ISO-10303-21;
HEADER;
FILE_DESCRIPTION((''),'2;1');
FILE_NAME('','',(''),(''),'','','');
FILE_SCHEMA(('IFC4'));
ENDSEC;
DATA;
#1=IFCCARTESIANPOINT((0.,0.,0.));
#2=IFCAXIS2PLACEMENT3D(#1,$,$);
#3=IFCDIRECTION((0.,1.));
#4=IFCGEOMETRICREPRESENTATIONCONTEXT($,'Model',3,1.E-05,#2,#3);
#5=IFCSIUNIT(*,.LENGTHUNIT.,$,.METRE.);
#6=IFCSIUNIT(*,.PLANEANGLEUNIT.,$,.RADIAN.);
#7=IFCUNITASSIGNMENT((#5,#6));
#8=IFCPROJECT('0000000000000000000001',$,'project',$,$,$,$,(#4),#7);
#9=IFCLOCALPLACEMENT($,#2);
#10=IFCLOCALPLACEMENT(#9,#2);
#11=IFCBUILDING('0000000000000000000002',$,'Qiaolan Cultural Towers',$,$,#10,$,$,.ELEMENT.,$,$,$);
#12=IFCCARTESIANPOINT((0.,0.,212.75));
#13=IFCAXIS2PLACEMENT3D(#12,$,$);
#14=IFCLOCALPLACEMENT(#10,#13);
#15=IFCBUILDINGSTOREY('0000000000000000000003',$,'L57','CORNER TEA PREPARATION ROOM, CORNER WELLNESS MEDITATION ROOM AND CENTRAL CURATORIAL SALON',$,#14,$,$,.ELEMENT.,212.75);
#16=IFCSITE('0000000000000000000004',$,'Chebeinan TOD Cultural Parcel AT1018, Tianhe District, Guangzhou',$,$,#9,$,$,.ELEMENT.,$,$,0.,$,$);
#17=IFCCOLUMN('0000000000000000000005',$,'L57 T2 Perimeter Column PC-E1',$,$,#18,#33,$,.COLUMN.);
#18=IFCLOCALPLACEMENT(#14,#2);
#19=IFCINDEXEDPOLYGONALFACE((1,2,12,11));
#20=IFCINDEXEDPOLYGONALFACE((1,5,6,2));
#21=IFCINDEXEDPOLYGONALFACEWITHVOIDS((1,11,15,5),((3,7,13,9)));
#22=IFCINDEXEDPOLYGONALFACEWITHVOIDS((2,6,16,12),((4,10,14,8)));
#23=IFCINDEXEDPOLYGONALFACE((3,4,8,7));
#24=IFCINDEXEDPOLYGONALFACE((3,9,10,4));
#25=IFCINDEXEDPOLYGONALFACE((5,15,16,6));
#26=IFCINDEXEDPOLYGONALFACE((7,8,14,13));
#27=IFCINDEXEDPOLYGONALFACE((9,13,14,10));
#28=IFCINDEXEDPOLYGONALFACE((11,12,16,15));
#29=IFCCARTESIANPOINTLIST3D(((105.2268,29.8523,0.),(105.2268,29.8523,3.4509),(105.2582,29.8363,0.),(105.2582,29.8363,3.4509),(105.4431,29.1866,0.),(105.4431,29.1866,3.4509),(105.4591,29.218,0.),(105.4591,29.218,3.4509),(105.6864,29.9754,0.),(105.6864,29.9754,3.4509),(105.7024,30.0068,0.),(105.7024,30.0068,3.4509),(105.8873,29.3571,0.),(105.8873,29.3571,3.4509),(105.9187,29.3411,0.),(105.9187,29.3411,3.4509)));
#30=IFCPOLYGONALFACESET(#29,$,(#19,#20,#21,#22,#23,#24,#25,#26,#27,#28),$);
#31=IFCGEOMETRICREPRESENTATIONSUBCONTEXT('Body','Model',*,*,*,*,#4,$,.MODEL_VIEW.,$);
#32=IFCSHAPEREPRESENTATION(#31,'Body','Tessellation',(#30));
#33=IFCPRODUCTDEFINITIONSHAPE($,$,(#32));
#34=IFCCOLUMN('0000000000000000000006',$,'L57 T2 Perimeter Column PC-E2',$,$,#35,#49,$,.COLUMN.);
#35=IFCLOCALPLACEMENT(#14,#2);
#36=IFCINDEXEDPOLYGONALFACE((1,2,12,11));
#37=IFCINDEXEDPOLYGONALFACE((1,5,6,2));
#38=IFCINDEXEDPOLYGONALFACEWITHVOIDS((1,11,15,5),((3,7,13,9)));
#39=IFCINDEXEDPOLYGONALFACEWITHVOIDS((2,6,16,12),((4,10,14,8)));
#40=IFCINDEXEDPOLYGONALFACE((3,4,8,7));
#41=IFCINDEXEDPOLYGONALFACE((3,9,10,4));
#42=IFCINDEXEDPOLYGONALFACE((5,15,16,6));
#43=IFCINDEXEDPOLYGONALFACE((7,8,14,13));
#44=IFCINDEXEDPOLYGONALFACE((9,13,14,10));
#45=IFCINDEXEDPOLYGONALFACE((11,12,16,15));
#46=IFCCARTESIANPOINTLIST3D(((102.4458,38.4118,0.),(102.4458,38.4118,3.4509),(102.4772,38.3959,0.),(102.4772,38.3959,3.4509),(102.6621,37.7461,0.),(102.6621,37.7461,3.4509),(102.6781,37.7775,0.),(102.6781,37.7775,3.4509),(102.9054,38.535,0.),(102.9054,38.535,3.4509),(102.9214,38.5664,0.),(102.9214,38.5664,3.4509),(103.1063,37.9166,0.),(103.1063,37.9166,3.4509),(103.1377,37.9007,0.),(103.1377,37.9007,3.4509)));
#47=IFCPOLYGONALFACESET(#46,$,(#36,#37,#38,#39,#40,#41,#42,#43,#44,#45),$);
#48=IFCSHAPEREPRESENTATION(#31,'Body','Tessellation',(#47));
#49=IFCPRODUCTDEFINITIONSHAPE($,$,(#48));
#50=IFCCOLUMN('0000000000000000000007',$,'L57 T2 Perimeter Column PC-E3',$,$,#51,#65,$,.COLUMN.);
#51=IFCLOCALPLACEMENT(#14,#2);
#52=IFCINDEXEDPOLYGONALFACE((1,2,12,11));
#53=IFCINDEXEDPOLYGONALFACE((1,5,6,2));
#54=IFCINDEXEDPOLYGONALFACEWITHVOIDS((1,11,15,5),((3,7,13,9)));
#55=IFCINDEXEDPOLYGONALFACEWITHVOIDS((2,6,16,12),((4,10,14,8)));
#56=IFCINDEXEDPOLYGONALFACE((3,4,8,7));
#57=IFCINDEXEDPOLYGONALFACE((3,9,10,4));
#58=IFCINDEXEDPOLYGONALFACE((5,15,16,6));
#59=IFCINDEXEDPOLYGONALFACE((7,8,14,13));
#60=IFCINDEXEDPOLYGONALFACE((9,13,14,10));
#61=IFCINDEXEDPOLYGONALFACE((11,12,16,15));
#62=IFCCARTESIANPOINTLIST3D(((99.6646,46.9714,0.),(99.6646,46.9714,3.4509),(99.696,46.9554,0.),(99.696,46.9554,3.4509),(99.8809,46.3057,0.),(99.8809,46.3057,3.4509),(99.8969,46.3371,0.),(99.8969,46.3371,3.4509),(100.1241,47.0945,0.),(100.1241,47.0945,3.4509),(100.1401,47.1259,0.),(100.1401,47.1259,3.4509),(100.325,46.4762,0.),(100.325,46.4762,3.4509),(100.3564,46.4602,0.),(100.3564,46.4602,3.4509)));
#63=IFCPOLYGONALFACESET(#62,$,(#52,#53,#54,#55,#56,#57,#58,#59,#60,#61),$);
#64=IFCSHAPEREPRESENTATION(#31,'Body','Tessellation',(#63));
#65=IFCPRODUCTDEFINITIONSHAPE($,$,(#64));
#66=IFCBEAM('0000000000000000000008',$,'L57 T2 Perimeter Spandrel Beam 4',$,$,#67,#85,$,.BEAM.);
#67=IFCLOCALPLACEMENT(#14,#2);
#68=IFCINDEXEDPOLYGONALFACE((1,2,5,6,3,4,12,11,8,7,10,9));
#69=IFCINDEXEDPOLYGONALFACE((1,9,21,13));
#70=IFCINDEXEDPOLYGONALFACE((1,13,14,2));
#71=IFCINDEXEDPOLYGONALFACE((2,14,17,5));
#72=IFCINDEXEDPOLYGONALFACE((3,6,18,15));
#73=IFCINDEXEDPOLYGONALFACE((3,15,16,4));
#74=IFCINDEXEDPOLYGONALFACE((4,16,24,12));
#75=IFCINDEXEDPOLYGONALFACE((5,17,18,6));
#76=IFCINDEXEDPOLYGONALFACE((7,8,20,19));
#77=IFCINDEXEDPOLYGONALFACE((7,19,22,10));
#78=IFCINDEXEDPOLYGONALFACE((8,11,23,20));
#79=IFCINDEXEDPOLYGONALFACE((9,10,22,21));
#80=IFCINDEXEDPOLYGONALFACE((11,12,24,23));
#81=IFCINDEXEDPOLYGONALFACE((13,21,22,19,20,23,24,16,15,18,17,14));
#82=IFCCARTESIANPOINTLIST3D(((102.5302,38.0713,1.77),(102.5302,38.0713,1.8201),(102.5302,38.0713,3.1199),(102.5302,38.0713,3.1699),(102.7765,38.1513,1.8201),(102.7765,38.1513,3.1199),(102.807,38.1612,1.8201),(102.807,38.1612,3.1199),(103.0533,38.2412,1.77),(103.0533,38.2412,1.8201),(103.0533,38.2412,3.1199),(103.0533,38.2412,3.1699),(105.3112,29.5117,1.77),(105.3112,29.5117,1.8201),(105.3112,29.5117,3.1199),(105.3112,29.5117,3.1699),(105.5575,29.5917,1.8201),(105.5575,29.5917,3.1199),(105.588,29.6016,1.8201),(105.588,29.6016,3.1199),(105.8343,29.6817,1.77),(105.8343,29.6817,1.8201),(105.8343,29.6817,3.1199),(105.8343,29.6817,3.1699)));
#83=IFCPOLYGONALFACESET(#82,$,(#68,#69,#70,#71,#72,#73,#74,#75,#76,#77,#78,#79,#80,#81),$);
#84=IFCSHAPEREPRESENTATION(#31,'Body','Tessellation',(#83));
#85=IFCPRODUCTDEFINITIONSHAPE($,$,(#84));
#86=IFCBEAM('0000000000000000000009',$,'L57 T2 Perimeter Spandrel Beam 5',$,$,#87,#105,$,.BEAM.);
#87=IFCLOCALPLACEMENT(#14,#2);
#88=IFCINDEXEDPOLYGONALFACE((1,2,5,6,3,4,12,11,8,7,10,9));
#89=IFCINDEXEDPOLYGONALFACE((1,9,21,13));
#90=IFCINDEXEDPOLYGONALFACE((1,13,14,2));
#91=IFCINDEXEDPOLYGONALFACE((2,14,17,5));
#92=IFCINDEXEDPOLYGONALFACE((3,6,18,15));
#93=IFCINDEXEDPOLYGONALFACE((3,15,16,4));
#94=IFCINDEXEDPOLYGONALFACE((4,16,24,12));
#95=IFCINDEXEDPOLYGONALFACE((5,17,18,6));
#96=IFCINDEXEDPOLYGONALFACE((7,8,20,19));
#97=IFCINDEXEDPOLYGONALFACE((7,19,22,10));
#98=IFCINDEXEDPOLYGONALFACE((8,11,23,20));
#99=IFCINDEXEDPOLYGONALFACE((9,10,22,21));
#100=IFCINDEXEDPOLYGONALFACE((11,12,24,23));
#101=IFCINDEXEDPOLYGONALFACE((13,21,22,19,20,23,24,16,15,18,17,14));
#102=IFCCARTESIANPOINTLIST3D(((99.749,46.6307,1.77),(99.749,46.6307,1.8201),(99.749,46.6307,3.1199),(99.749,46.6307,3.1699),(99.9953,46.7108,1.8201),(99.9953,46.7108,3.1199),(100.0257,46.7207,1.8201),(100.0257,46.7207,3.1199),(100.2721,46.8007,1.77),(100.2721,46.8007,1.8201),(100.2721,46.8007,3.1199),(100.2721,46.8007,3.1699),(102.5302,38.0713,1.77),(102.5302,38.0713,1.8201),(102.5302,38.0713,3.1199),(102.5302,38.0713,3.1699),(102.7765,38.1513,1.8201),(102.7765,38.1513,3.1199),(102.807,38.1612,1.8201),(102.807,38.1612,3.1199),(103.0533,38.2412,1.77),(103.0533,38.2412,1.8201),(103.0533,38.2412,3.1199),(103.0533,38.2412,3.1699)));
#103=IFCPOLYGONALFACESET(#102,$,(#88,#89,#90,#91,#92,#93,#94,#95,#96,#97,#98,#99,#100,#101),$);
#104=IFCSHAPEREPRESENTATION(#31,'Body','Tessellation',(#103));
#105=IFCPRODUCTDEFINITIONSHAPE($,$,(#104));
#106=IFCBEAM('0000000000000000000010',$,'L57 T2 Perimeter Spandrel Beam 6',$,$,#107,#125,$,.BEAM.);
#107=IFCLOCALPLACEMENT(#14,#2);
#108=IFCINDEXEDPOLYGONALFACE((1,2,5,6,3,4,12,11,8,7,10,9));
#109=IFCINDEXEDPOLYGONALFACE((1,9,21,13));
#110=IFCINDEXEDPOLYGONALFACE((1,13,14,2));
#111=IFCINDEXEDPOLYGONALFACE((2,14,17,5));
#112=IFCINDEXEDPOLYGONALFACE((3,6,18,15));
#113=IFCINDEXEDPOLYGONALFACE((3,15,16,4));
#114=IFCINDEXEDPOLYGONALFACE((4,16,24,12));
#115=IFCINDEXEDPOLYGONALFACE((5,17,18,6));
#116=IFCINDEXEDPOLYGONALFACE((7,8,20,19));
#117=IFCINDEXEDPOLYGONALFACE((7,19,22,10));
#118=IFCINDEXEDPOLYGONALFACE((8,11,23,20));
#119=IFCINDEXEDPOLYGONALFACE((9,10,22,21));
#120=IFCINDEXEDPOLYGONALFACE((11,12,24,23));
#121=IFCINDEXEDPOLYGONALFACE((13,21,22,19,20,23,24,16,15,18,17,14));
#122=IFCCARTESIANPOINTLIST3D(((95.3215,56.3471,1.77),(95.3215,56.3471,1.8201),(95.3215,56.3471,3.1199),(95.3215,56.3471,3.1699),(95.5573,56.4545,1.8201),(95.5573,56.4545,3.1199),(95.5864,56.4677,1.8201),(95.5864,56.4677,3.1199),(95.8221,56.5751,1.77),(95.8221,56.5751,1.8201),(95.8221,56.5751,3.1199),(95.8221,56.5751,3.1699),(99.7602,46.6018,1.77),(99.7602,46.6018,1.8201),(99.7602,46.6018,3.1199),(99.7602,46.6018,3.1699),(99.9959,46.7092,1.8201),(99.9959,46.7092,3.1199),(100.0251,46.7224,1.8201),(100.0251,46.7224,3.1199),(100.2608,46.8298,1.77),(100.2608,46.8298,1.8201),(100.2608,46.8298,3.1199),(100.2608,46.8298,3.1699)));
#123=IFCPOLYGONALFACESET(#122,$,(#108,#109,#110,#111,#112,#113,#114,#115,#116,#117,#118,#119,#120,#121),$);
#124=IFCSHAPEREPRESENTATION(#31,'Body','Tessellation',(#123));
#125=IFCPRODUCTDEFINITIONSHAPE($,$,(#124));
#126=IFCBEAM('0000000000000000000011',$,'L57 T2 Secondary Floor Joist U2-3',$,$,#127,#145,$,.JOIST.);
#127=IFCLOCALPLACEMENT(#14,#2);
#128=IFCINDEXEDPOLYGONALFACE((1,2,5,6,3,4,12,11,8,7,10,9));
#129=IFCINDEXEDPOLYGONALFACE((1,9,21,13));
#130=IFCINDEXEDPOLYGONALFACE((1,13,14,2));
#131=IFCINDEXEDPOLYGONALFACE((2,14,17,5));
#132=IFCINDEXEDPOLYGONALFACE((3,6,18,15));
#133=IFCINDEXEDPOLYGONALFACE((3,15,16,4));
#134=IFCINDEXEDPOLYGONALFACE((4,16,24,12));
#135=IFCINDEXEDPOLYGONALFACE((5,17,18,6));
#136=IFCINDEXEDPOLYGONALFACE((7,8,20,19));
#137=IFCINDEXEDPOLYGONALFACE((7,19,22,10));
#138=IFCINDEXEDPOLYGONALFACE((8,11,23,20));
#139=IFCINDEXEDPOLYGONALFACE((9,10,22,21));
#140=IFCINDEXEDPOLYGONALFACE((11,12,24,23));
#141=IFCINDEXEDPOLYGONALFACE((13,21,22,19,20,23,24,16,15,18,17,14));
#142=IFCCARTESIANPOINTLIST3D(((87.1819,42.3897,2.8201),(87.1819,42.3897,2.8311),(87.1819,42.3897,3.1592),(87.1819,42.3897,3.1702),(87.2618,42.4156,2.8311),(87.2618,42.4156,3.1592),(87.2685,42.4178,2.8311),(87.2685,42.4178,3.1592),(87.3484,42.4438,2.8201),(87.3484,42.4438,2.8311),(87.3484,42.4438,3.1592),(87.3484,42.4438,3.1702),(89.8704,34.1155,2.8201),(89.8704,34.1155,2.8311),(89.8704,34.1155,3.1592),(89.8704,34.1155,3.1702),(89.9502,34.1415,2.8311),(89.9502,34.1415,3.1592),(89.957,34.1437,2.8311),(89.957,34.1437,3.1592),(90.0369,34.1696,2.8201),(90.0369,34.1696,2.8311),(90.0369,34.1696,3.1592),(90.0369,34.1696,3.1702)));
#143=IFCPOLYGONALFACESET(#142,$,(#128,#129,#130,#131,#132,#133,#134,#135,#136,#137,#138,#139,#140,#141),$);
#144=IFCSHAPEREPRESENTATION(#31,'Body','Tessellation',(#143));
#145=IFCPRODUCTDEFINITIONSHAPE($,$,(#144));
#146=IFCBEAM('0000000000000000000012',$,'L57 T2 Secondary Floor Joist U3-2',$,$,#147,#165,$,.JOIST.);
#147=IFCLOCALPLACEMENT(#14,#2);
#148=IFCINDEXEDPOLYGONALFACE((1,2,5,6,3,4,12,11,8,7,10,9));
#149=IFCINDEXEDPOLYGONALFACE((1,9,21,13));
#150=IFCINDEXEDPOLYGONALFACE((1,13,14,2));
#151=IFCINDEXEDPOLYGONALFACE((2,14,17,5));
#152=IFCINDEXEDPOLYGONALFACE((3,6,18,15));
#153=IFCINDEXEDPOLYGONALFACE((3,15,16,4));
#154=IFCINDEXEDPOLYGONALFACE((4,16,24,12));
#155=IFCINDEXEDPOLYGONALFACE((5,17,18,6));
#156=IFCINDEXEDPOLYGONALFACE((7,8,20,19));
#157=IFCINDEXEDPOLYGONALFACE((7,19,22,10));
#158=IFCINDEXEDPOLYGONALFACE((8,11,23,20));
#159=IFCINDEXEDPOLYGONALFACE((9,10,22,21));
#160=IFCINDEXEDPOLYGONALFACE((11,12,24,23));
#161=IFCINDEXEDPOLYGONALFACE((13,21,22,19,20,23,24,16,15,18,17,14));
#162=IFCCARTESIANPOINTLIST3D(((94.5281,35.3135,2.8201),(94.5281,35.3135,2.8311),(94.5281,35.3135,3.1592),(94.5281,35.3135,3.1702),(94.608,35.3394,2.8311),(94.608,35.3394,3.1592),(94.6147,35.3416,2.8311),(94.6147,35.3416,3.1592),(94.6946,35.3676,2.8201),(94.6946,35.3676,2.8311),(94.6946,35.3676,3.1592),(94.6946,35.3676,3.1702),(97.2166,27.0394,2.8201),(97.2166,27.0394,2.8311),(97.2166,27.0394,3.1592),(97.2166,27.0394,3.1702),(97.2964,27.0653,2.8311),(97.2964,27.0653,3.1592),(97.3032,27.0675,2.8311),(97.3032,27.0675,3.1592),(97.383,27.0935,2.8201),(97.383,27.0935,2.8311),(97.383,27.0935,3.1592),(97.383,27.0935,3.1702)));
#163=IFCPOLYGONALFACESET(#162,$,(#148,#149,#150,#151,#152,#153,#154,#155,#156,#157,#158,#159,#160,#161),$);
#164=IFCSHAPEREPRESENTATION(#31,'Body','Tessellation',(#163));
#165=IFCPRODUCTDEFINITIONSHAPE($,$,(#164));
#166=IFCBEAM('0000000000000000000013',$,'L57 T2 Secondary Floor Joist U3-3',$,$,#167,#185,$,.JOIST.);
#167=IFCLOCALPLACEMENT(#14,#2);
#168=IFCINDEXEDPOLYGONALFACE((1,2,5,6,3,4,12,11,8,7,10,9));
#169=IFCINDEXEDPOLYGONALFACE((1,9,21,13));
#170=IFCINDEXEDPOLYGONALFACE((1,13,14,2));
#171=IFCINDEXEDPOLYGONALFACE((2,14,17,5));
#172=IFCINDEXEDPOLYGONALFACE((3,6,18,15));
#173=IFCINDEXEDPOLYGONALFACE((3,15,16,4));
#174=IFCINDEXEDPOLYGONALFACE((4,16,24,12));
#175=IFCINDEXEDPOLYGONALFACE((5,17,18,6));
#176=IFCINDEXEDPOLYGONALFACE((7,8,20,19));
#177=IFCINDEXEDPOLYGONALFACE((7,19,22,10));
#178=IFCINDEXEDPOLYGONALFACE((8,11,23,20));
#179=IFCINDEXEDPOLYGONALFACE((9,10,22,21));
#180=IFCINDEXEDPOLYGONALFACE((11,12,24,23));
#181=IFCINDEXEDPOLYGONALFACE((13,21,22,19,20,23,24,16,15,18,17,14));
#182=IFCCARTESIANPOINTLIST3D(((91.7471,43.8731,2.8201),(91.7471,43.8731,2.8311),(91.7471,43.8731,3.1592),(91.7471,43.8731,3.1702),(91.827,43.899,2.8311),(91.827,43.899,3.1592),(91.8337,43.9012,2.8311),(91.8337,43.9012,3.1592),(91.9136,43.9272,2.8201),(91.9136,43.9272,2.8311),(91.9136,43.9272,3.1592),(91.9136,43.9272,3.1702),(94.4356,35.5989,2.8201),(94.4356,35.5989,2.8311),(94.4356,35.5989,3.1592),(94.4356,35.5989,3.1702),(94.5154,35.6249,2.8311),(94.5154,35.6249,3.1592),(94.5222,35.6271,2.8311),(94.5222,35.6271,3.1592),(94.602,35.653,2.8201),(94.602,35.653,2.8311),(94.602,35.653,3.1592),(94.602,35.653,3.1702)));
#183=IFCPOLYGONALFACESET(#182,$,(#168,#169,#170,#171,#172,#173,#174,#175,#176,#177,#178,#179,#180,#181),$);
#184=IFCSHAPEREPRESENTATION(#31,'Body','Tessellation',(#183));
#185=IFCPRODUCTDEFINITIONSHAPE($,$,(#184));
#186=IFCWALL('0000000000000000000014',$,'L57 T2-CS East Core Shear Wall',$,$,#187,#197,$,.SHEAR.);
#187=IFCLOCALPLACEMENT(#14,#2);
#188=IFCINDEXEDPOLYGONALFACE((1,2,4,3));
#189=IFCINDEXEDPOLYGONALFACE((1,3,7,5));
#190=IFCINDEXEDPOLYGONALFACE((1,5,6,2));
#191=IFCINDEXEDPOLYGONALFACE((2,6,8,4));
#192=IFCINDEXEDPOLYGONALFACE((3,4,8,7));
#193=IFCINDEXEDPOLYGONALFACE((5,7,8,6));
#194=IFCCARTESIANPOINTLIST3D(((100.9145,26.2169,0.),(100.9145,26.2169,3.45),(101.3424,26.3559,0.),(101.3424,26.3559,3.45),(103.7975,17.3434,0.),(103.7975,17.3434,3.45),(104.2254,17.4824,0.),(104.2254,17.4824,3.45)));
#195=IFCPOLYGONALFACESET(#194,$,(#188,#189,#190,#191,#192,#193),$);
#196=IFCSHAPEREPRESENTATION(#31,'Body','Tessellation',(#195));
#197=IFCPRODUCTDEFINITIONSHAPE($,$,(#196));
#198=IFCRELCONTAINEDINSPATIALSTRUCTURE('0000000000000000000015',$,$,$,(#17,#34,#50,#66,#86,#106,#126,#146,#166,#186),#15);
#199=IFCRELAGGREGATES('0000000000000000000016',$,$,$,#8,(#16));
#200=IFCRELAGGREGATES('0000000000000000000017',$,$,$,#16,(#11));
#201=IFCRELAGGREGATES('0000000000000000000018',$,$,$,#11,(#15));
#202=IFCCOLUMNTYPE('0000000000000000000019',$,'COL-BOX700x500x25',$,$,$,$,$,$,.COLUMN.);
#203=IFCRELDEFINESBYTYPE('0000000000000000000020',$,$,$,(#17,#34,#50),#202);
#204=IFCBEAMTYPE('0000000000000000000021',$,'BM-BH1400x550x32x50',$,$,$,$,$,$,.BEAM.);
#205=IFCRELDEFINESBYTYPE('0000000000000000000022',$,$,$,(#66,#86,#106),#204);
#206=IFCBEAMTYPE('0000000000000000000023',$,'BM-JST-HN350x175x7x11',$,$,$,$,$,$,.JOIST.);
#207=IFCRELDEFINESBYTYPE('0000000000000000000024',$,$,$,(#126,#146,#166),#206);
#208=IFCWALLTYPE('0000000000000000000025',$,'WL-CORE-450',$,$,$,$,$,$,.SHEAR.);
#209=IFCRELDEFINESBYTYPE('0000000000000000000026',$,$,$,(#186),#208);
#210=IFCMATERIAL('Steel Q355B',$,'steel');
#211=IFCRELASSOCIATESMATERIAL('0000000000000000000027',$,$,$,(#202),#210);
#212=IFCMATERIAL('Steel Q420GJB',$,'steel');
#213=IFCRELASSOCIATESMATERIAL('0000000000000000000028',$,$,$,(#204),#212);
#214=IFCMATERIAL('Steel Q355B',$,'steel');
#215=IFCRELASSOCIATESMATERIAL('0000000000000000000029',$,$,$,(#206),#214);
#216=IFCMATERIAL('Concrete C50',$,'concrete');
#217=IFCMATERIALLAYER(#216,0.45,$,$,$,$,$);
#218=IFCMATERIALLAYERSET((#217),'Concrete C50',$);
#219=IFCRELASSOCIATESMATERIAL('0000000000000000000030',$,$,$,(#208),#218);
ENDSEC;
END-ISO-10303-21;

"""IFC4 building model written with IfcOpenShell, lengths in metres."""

from ifc_helpers import new_model, si_unit, direction, frame, frame_2d, origin, origin_2d, place, context, subcontext, project, spatial, rectangle, hollow_rectangle, i_section, extrude, material, layer, layer_set, material_profile, profile_set, type_object, element, save


model = new_model("IFC4")

# Units and contexts
model_context = context("Model", 3, precision=1e-05, world=origin(), true_north=direction((0.0, 1.0)))
body_context = subcontext(model_context, "Body", "Model", "MODEL_VIEW")
ifc_project = project(units=[si_unit("LENGTHUNIT", "METRE"), si_unit("PLANEANGLEUNIT", "RADIAN")], contexts=[model_context])

# Site, building, storey
site_placement = place(None, origin())
site = spatial("IfcSite", under=ifc_project, at=site_placement, Name="Chebeinan TOD Cultural Parcel AT1018, Tianhe District, Guangzhou", CompositionType="ELEMENT", RefElevation=0.0)
building_placement = place(site_placement, origin())
building = spatial("IfcBuilding", under=site, at=building_placement, Name="Qiaolan Cultural Towers", CompositionType="ELEMENT")
storey_placement = place(building_placement, frame((0.0, 0.0, 212.75)))
storey = spatial("IfcBuildingStorey", under=building, at=storey_placement, Name="L57", Description="CORNER TEA PREPARATION ROOM, CORNER WELLNESS MEDITATION ROOM AND CENTRAL CURATORIAL SALON", CompositionType="ELEMENT", Elevation=212.75)

# Columns
ifc_material_1 = material(Name="Steel Q355B", Category="steel")
ifc_material_profile_1 = material_profile(ifc_material_1, hollow_rectangle(XDim=0.5, YDim=0.7, WallThickness=0.0249, at=origin_2d()), Name="BOX700x500x25")
ifc_profile_set_1 = profile_set([ifc_material_profile_1], Name="Steel Q355B")
column_type = type_object("IfcColumnType", Name="COL-BOX700x500x25", PredefinedType="COLUMN", material=ifc_profile_set_1)
for number, where, z_axis, x_axis, name in (
    (1, (105.5728, 29.5967, 0.0), (0.0, 0.0, 1.0), (0.951057, 0.309017, 0.0), "L57 T2 Perimeter Column PC-E1"),
    (2, (102.7917, 38.1562, 0.0), (0.0, 0.0, 1.0), (0.951057, 0.309017, 0.0), "L57 T2 Perimeter Column PC-E2"),
    (3, (100.0105, 46.7158, 0.0), (0.0, 0.0, 1.0), (0.951057, 0.309017, 0.0), "L57 T2 Perimeter Column PC-E3"),
):
    element("IfcColumn", number, at=place(storey_placement, frame(where, z_axis=z_axis, x_axis=x_axis)), inside=storey, type_object=column_type, Name=name, PredefinedType="COLUMN", context=body_context, shape_type="SweptSolid", body=[
        extrude(hollow_rectangle(XDim=0.5, YDim=0.7, WallThickness=0.0249, at=origin_2d()), origin(), (0.0, 0.0, 1.0), 3.4509),
    ])

# Beams
ifc_material_2 = material(Name="Steel Q420GJB", Category="steel")
ifc_material_profile_2 = material_profile(ifc_material_2, i_section(OverallWidth=0.55, OverallDepth=1.3999, WebThickness=0.032, FlangeThickness=0.05, at=origin_2d()), Name="BH1400x550x32x50")
ifc_profile_set_2 = profile_set([ifc_material_profile_2], Name="Steel Q420GJB")
beam_type_1 = type_object("IfcBeamType", Name="BM-BH1400x550x32x50", PredefinedType="BEAM", material=ifc_profile_set_2)
for number, where, z_axis, x_axis, name in (
    (4, (105.5728, 29.5967, 2.47), (-0.309, 0.951062, 0.0), (-0.951062, -0.309, 0.0), "L57 T2 Perimeter Spandrel Beam 4"),
    (5, (102.7917, 38.1562, 2.47), (-0.309025, 0.951054, 0.0), (-0.951054, -0.309025, 0.0), "L57 T2 Perimeter Spandrel Beam 5"),
):
    element("IfcBeam", number, at=place(storey_placement, frame(where, z_axis=z_axis, x_axis=x_axis)), inside=storey, type_object=beam_type_1, Name=name, PredefinedType="BEAM", context=body_context, shape_type="SweptSolid", body=[
        extrude(i_section(OverallWidth=0.55, OverallDepth=1.3999, WebThickness=0.032, FlangeThickness=0.05, at=origin_2d()), origin(), (0.0, 0.0, 1.0), 9.0),
    ])
beam_placement = place(storey_placement, frame((100.0105, 46.7158, 2.47), z_axis=(-0.4145, 0.910049, 0.0), x_axis=(-0.910049, -0.4145, 0.0)))
element("IfcBeam", 6, at=beam_placement, inside=storey, type_object=beam_type_1, Name="L57 T2 Perimeter Spandrel Beam 6", PredefinedType="BEAM", context=body_context, shape_type="SweptSolid", body=[
    extrude(i_section(OverallWidth=0.55, OverallDepth=1.3999, WebThickness=0.032, FlangeThickness=0.05, at=origin_2d()), origin(), (0.0, 0.0, 1.0), 10.7085),
])
ifc_material_3 = material(Name="Steel Q355B", Category="steel")
ifc_material_profile_3 = material_profile(ifc_material_3, i_section(OverallWidth=0.175, OverallDepth=0.3501, WebThickness=0.0071, FlangeThickness=0.011, at=origin_2d()), Name="HN350x175x7x11")
ifc_profile_set_3 = profile_set([ifc_material_profile_3], Name="Steel Q355B")
beam_type_2 = type_object("IfcBeamType", Name="BM-JST-HN350x175x7x11", PredefinedType="JOIST", material=ifc_profile_set_3)
for number, where, z_axis, x_axis, name in (
    (7, (89.9536, 34.1426, 2.9951), (-0.309021, 0.951055, 0.0), (-0.951055, -0.309021, 0.0), "L57 T2 Secondary Floor Joist U2-3"),
    (8, (97.2998, 27.0664, 2.9951), (-0.309021, 0.951055, 0.0), (-0.951055, -0.309021, 0.0), "L57 T2 Secondary Floor Joist U3-2"),
    (9, (94.5188, 35.626, 2.9951), (-0.309021, 0.951055, 0.0), (-0.951055, -0.309021, 0.0), "L57 T2 Secondary Floor Joist U3-3"),
):
    element("IfcBeam", number, at=place(storey_placement, frame(where, z_axis=z_axis, x_axis=x_axis)), inside=storey, type_object=beam_type_2, Name=name, PredefinedType="JOIST", context=body_context, shape_type="SweptSolid", body=[
        extrude(i_section(OverallWidth=0.175, OverallDepth=0.3501, WebThickness=0.0071, FlangeThickness=0.011, at=origin_2d()), origin(), (0.0, 0.0, 1.0), 8.7),
    ])

# Wall
ifc_material_4 = material(Name="Concrete C50", Category="concrete")
ifc_layer_1 = layer(ifc_material_4, 0.45)
ifc_layer_set_1 = layer_set([ifc_layer_1], Name="Concrete C50")
wall_type_1 = type_object("IfcWallType", Name="WL-CORE-450", PredefinedType="SHEAR", material=ifc_layer_set_1)
for number, where, z_axis, x_axis, name in (
    (10, (101.1284, 26.2864, 0.0), (0.0, 0.0, 1.0), (0.309004, -0.951061, 0.0), "L57 T2-CS East Core Shear Wall"),
):
    element("IfcWall", number, at=place(storey_placement, frame(where, z_axis=z_axis, x_axis=x_axis)), inside=storey, type_object=wall_type_1, Name=name, PredefinedType="SHEAR", context=body_context, shape_type="SweptSolid", body=[
        extrude(rectangle(XDim=9.3301, YDim=0.45, at=frame_2d((4.665, 0.0))), origin(), (0.0, 0.0, 1.0), 3.45),
    ])

save(model, "model.ifc")
